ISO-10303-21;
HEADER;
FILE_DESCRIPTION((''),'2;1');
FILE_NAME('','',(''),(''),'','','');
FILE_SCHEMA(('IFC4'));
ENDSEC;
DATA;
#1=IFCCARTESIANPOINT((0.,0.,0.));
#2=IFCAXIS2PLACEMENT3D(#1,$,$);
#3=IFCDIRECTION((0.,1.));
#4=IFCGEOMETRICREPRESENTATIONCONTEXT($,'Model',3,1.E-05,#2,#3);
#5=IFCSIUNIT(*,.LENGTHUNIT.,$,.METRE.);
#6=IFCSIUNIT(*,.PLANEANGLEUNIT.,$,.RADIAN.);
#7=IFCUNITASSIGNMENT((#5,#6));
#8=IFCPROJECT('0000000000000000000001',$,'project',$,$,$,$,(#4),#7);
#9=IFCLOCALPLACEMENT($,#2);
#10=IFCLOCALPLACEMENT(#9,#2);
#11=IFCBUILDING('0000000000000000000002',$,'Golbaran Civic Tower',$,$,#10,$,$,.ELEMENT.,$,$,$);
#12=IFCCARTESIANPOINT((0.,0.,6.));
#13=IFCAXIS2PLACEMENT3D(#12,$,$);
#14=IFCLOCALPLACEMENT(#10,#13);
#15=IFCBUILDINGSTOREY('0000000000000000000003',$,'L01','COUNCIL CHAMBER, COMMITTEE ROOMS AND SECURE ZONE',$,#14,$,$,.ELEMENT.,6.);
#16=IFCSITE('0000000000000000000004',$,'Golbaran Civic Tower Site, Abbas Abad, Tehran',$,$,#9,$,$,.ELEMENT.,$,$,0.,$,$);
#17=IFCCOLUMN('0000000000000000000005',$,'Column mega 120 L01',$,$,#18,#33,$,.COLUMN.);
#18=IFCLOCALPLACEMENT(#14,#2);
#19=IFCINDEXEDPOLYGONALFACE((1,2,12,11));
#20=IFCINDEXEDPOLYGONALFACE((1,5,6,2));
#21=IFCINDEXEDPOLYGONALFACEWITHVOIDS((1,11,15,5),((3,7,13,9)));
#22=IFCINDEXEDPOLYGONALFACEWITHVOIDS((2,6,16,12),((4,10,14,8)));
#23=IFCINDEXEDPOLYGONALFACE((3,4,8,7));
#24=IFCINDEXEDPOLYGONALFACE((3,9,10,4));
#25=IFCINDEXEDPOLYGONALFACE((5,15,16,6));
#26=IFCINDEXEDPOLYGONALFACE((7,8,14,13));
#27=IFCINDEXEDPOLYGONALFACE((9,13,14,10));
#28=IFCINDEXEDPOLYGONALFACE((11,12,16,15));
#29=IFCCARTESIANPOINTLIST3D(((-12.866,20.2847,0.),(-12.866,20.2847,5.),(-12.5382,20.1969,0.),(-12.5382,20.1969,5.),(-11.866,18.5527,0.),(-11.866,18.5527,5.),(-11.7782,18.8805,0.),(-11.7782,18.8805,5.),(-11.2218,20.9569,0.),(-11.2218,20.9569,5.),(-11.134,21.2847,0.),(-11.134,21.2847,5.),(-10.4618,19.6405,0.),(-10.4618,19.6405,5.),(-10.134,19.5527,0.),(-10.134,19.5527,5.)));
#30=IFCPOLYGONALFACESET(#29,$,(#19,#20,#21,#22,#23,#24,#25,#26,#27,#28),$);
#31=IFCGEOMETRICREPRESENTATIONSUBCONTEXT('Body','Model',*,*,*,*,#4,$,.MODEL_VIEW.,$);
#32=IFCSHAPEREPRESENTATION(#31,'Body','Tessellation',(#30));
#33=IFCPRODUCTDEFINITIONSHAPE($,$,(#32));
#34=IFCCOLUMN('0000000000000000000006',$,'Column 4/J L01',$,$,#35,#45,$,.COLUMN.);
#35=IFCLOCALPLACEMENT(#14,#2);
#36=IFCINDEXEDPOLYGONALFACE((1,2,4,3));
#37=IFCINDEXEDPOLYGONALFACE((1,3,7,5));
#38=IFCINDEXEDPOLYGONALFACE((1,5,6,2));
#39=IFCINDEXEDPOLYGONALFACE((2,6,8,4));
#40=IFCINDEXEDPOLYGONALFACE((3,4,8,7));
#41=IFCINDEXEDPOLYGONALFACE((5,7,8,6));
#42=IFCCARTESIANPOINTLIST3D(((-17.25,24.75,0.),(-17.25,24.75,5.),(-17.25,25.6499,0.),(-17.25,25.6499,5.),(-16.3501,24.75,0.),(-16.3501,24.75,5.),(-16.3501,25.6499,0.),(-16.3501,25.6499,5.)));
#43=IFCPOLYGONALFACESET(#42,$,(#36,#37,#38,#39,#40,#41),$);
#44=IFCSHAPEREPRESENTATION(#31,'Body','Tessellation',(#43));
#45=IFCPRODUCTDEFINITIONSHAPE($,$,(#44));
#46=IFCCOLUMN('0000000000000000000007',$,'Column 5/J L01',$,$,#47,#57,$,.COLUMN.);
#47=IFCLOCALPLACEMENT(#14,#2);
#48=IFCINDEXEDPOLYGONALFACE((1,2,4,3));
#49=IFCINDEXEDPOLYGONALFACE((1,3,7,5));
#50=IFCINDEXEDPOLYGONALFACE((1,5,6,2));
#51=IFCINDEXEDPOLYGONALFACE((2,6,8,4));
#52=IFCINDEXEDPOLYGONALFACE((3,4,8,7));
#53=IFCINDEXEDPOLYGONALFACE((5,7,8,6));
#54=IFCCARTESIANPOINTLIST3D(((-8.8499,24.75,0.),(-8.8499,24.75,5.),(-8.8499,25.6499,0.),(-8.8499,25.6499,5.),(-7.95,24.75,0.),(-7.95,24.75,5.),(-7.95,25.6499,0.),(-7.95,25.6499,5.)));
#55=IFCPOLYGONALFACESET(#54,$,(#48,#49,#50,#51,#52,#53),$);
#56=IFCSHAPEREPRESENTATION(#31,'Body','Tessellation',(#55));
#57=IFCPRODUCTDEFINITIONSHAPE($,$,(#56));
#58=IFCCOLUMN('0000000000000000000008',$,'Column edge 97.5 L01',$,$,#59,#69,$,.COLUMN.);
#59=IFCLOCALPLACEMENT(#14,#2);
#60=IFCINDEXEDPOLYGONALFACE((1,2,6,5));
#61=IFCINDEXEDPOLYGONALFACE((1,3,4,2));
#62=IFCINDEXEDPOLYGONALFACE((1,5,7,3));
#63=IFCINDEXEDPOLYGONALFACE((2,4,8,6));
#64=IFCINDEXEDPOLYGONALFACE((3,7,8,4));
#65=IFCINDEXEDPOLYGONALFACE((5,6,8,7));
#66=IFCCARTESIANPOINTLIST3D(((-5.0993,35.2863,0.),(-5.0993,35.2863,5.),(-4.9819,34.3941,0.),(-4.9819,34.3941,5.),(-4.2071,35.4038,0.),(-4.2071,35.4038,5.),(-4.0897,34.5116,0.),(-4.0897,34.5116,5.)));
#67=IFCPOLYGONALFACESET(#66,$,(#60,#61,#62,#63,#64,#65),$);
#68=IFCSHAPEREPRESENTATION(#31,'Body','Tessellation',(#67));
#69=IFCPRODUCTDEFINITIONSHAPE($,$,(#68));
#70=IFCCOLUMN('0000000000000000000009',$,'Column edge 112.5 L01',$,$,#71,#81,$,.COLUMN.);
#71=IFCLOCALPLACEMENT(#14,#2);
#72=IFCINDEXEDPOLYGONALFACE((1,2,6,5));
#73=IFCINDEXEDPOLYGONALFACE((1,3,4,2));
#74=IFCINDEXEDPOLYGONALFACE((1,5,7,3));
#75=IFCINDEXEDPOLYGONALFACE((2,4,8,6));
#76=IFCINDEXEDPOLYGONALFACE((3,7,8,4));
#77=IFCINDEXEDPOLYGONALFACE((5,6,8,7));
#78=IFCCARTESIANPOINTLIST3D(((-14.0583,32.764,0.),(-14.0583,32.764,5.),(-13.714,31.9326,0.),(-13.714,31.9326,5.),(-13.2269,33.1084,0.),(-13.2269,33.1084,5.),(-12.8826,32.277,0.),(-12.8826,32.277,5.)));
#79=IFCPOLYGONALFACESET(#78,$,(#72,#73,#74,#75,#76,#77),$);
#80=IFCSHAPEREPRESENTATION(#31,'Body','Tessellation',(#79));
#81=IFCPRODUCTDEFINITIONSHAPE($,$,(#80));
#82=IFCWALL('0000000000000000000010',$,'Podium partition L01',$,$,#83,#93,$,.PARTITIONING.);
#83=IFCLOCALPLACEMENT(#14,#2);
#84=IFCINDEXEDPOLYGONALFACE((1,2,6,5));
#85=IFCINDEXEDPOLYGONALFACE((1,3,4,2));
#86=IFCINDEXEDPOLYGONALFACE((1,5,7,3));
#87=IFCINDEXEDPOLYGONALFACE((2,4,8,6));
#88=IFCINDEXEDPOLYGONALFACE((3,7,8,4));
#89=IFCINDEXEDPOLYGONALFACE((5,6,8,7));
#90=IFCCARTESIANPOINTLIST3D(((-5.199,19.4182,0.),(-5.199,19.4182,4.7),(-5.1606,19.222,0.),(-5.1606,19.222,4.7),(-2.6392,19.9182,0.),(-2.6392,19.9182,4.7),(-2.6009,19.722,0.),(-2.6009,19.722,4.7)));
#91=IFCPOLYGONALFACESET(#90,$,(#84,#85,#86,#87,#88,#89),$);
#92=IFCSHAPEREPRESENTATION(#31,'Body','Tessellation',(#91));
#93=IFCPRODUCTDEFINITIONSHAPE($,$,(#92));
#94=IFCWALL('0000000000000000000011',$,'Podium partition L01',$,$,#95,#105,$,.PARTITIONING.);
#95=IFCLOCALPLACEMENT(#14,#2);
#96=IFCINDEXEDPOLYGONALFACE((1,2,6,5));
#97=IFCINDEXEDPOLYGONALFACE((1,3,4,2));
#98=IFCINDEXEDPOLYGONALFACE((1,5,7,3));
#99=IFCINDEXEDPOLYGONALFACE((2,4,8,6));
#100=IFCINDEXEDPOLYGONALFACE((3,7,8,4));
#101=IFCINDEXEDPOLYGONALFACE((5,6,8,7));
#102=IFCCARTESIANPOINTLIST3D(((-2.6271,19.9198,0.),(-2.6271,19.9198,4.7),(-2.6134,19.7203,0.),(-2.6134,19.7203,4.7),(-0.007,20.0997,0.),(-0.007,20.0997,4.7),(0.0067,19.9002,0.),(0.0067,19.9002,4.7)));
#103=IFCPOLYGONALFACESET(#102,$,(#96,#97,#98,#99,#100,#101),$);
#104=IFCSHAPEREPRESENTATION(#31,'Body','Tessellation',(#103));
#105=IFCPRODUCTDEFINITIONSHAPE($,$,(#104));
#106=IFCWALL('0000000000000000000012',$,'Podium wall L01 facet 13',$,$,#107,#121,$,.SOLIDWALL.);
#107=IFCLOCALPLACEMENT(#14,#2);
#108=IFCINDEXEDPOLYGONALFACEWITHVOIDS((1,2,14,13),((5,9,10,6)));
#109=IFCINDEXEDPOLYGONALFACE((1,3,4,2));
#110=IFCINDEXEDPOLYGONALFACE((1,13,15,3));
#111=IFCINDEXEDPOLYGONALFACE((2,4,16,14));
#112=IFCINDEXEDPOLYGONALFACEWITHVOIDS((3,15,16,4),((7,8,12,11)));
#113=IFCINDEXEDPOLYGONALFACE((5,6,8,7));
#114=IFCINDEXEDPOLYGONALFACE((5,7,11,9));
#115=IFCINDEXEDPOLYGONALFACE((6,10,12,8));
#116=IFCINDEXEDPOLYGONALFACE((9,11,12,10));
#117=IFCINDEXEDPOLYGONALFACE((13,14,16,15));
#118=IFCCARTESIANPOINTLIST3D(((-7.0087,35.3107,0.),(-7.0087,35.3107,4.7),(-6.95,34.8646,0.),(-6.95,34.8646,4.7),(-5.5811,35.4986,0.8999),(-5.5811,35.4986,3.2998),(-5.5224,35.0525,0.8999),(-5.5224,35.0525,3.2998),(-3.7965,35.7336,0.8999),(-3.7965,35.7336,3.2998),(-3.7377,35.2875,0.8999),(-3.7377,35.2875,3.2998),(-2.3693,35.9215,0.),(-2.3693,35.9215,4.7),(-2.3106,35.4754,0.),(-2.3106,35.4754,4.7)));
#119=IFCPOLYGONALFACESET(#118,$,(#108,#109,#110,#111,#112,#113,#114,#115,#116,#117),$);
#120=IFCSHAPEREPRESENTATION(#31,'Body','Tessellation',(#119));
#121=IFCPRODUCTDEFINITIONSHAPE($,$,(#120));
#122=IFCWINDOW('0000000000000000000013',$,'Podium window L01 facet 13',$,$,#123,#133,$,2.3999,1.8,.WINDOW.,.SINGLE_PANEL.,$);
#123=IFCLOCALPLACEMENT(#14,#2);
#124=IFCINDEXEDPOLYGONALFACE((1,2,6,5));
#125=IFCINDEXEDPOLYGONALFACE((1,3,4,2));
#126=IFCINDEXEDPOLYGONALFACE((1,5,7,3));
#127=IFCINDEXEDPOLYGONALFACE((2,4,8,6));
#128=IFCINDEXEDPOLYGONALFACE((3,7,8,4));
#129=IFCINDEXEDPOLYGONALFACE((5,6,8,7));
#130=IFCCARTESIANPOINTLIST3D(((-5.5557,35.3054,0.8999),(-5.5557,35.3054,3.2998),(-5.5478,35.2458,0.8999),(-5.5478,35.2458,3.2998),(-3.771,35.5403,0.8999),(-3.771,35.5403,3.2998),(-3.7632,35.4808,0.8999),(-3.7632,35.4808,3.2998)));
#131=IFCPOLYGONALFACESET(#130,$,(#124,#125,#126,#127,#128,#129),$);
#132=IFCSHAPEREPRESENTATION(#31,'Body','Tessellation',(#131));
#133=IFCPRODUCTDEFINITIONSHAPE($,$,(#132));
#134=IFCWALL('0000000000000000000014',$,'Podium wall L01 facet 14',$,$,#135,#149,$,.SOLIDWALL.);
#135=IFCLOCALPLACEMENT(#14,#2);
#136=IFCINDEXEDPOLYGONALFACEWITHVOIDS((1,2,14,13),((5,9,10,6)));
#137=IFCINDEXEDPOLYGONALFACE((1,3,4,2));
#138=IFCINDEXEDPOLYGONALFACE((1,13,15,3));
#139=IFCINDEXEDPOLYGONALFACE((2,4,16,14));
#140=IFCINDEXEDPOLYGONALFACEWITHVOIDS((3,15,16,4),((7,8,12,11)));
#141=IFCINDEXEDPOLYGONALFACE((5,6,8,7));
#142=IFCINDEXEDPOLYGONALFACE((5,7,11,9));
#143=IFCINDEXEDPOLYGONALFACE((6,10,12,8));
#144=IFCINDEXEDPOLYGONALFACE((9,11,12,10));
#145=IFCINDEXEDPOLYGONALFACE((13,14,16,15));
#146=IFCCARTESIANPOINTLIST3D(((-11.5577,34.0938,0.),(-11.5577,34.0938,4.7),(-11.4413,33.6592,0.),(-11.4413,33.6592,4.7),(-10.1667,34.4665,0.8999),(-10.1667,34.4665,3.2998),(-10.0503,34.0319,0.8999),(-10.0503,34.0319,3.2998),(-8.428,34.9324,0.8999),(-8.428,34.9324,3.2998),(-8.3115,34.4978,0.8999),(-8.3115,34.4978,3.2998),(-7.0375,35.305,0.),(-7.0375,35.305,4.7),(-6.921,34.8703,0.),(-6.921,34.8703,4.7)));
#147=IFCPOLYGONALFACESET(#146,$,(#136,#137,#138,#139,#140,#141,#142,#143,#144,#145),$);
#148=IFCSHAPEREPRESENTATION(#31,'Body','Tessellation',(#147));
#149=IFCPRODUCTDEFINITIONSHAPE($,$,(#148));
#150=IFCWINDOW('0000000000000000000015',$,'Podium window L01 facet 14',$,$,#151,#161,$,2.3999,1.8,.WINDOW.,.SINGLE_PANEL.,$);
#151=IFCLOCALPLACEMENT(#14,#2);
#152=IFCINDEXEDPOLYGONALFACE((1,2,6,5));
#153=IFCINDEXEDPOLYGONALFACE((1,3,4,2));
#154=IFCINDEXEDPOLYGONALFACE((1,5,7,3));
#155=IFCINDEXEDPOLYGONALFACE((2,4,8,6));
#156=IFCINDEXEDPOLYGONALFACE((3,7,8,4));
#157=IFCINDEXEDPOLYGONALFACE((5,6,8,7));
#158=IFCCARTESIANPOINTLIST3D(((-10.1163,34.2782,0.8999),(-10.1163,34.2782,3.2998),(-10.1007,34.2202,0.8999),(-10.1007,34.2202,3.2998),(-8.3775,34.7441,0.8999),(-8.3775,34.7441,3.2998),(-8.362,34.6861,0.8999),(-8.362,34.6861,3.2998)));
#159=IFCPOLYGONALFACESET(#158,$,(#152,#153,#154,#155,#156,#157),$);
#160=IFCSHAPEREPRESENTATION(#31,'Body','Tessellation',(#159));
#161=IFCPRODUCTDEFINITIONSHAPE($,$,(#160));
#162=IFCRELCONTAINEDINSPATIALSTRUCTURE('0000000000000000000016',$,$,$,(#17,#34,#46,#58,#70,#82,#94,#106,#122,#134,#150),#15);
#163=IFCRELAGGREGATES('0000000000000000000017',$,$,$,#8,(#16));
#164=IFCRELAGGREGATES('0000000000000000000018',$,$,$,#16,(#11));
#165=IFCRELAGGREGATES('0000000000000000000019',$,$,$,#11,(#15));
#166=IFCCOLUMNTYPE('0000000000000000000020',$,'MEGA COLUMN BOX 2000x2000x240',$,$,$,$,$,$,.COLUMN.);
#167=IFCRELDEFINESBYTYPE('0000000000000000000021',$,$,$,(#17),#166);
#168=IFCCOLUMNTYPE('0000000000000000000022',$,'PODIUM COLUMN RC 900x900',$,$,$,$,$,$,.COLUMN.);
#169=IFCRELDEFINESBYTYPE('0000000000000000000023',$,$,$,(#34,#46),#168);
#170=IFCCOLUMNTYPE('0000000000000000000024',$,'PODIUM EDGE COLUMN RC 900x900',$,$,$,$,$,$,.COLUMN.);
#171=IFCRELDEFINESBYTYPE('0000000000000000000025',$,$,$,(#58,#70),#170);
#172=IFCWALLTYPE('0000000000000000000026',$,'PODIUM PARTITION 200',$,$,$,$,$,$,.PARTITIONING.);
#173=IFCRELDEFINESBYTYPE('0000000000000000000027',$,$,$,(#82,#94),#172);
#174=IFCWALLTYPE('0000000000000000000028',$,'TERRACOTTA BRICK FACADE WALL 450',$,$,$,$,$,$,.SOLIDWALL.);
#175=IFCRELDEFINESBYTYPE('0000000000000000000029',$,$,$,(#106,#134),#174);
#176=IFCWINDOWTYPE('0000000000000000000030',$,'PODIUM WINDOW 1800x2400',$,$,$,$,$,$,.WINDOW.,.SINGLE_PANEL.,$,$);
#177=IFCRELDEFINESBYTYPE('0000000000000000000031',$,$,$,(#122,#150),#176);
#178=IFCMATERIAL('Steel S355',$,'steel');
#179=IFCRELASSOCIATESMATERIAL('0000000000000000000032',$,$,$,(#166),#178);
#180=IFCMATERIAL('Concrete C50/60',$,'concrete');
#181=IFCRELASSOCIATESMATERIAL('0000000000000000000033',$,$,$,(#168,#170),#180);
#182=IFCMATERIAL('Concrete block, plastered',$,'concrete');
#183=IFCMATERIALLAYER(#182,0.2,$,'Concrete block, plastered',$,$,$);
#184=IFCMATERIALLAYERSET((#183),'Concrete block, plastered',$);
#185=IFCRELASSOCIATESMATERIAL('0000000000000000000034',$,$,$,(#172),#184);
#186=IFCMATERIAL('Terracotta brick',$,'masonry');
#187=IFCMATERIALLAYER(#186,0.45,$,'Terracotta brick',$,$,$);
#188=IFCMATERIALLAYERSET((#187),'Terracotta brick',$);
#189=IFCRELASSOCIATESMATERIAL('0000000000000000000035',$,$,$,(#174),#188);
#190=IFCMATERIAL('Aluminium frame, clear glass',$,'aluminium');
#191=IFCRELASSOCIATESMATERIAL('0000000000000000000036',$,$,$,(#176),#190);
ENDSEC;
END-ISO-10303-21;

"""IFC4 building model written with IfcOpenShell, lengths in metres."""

from ifc_helpers import new_model, si_unit, direction, frame, frame_2d, origin, origin_2d, place, context, subcontext, project, spatial, rectangle, hollow_rectangle, extrude, material, layer, layer_set, material_profile, profile_set, type_object, element, fill, save


model = new_model("IFC4")

# Units and contexts
model_context = context("Model", 3, precision=1e-05, world=origin(), true_north=direction((0.0, 1.0)))
body_context = subcontext(model_context, "Body", "Model", "MODEL_VIEW")
ifc_project = project(units=[si_unit("LENGTHUNIT", "METRE"), si_unit("PLANEANGLEUNIT", "RADIAN")], contexts=[model_context])

# Site, building, storey
site_placement = place(None, origin())
site = spatial("IfcSite", under=ifc_project, at=site_placement, Name="Golbaran Civic Tower Site, Abbas Abad, Tehran", CompositionType="ELEMENT", RefElevation=0.0)
building_placement = place(site_placement, origin())
building = spatial("IfcBuilding", under=site, at=building_placement, Name="Golbaran Civic Tower", CompositionType="ELEMENT")
storey_placement = place(building_placement, frame((0.0, 0.0, 6.0)))
storey = spatial("IfcBuildingStorey", under=building, at=storey_placement, Name="L01", Description="COUNCIL CHAMBER, COMMITTEE ROOMS AND SECURE ZONE", CompositionType="ELEMENT", Elevation=6.0)

# Columns
ifc_material_1 = material(Name="Steel S355", Category="steel")
ifc_material_profile_1 = material_profile(ifc_material_1, hollow_rectangle(XDim=2.0, YDim=2.0, WallThickness=0.24, at=origin_2d()), Name="BOX 2000x2000x240")
ifc_profile_set_1 = profile_set([ifc_material_profile_1], Name="Steel S355")
column_type_1 = type_object("IfcColumnType", Name="MEGA COLUMN BOX 2000x2000x240", PredefinedType="COLUMN", material=ifc_profile_set_1)
column_placement = place(storey_placement, frame((-11.5, 19.9187, 0.0), z_axis=(0.0, 0.0, 1.0), x_axis=(-0.5, 0.866025, 0.0)))
element("IfcColumn", 1, at=column_placement, inside=storey, type_object=column_type_1, Name="Column mega 120 L01", PredefinedType="COLUMN", context=body_context, shape_type="SweptSolid", body=[
    extrude(hollow_rectangle(XDim=2.0, YDim=2.0, WallThickness=0.24, at=origin_2d()), origin(), (0.0, 0.0, 1.0), 5.0),
])
ifc_material_2 = material(Name="Concrete C50/60", Category="concrete")
ifc_material_profile_2 = material_profile(ifc_material_2, rectangle(XDim=0.8999, YDim=0.8999, at=origin_2d()), Name="RC 900x900")
ifc_profile_set_2 = profile_set([ifc_material_profile_2], Name="Concrete C50/60")
column_type_2 = type_object("IfcColumnType", Name="PODIUM COLUMN RC 900x900", PredefinedType="COLUMN", material=ifc_profile_set_2)
for number, where, z_axis, x_axis, name in (
    (2, (-16.8, 25.2, 0.0), (0.0, 0.0, 1.0), (1.0, 0.0, 0.0), "Column 4/J L01"),
    (3, (-8.3999, 25.2, 0.0), (0.0, 0.0, 1.0), (1.0, 0.0, 0.0), "Column 5/J L01"),
):
    element("IfcColumn", number, at=place(storey_placement, frame(where, z_axis=z_axis, x_axis=x_axis)), inside=storey, type_object=column_type_2, Name=name, PredefinedType="COLUMN", context=body_context, shape_type="SweptSolid", body=[
        extrude(rectangle(XDim=0.8999, YDim=0.8999, at=origin_2d()), origin(), (0.0, 0.0, 1.0), 5.0),
    ])
ifc_material_profile_3 = material_profile(ifc_material_2, rectangle(XDim=0.8999, YDim=0.8999, at=origin_2d()), Name="RC 900x900")
ifc_profile_set_3 = profile_set([ifc_material_profile_3], Name="Concrete C50/60")
column_type_3 = type_object("IfcColumnType", Name="PODIUM EDGE COLUMN RC 900x900", PredefinedType="COLUMN", material=ifc_profile_set_3)
for number, where, z_axis, x_axis, name in (
    (4, (-4.5945, 34.8989, 0.0), (0.0, 0.0, 1.0), (-0.130526, 0.991445, 0.0), "Column edge 97.5 L01"),
    (5, (-13.4705, 32.5205, 0.0), (0.0, 0.0, 1.0), (-0.382683, 0.92388, 0.0), "Column edge 112.5 L01"),
):
    element("IfcColumn", number, at=place(storey_placement, frame(where, z_axis=z_axis, x_axis=x_axis)), inside=storey, type_object=column_type_3, Name=name, PredefinedType="COLUMN", context=body_context, shape_type="SweptSolid", body=[
        extrude(rectangle(XDim=0.8999, YDim=0.8999, at=origin_2d()), origin(), (0.0, 0.0, 1.0), 5.0),
    ])

# Walls
ifc_material_3 = material(Name="Concrete block, plastered", Category="concrete")
ifc_layer_1 = layer(ifc_material_3, 0.2, Name="Concrete block, plastered")
ifc_layer_set_1 = layer_set([ifc_layer_1], Name="Concrete block, plastered")
wall_type_1 = type_object("IfcWallType", Name="PODIUM PARTITION 200", PredefinedType="PARTITIONING", material=ifc_layer_set_1)
wall_1_placement = place(storey_placement, frame((-5.1799, 19.3201, 0.0), z_axis=(0.0, 0.0, 1.0), x_axis=(0.981453, 0.191704, 0.0)))
element("IfcWall", 6, at=wall_1_placement, inside=storey, type_object=wall_type_1, Name="Podium partition L01", PredefinedType="PARTITIONING", context=body_context, shape_type="SweptSolid", body=[
    extrude(rectangle(XDim=2.6082, YDim=0.2, at=frame_2d((1.3042, 0.0))), origin(), (0.0, 0.0, 1.0), 4.7),
])
wall_2_placement = place(storey_placement, frame((-2.6201, 19.8201, 0.0), z_axis=(0.0, 0.0, 1.0), x_axis=(0.99765, 0.068512, 0.0)))
element("IfcWall", 7, at=wall_2_placement, inside=storey, type_object=wall_type_1, Name="Podium partition L01", PredefinedType="PARTITIONING", context=body_context, shape_type="SweptSolid", body=[
    extrude(rectangle(XDim=2.6262, YDim=0.2, at=frame_2d((1.313, 0.0))), origin(), (0.0, 0.0, 1.0), 4.7),
])

# Walls, openings, windows
ifc_material_4 = material(Name="Terracotta brick", Category="masonry")
ifc_layer_2 = layer(ifc_material_4, 0.45, Name="Terracotta brick")
ifc_layer_set_2 = layer_set([ifc_layer_2], Name="Terracotta brick")
wall_type_2 = type_object("IfcWallType", Name="TERRACOTTA BRICK FACADE WALL 450", PredefinedType="SOLIDWALL", material=ifc_layer_set_2)
wall_3_placement = place(storey_placement, frame((-2.3398, 35.6985, 0.0), z_axis=(0.0, 0.0, 1.0), x_axis=(-0.991443, -0.130537, 0.0)))
wall_3 = element("IfcWall", 8, at=wall_3_placement, inside=storey, type_object=wall_type_2, Name="Podium wall L01 facet 13", PredefinedType="SOLIDWALL", context=body_context, shape_type="SweptSolid", body=[
    extrude(rectangle(XDim=4.6794, YDim=0.45, at=frame_2d((2.3398, 0.0))), origin(), (0.0, 0.0, 1.0), 4.7),
])
opening_1_placement = place(wall_3_placement, frame((1.4397, 0.0, 0.8999)))
opening_1 = element("IfcOpeningElement", 9, at=opening_1_placement, cuts=wall_3, PredefinedType="OPENING", context=body_context, shape_type="SweptSolid", body=[
    extrude(rectangle(XDim=1.8, YDim=2.3999, at=frame_2d((0.8999, 1.2))), frame((0.0, 0.2349, 0.0), z_axis=(0.0, -1.0, 0.0), x_axis=(1.0, 0.0, 0.0)), (0.0, 0.0, 1.0), 0.47),
])
ifc_material_5 = material(Name="Aluminium frame, clear glass", Category="aluminium")
window_type_1 = type_object("IfcWindowType", Name="PODIUM WINDOW 1800x2400", PartitioningType="SINGLE_PANEL", PredefinedType="WINDOW", material=ifc_material_5)
window_1_placement = place(opening_1_placement, origin())
window_1 = element("IfcWindow", 10, at=window_1_placement, inside=storey, type_object=window_type_1, Name="Podium window L01 facet 13", OverallHeight=2.3999, OverallWidth=1.8, PartitioningType="SINGLE_PANEL", PredefinedType="WINDOW", context=body_context, shape_type="SweptSolid", body=[
    extrude(rectangle(XDim=1.8, YDim=2.3999, at=frame_2d((0.8999, 1.2))), frame((0.0, 0.03, 0.0), z_axis=(0.0, -1.0, 0.0), x_axis=(1.0, 0.0, 0.0)), (0.0, 0.0, 1.0), 0.0601),
])
fill(opening_1, window_1)
wall_4_placement = place(storey_placement, frame((-6.9792, 35.0876, 0.0), z_axis=(0.0, 0.0, 1.0), x_axis=(-0.965927, -0.258815, 0.0)))
wall_4 = element("IfcWall", 11, at=wall_4_placement, inside=storey, type_object=wall_type_2, Name="Podium wall L01 facet 14", PredefinedType="SOLIDWALL", context=body_context, shape_type="SweptSolid", body=[
    extrude(rectangle(XDim=4.6797, YDim=0.45, at=frame_2d((2.3398, 0.0))), origin(), (0.0, 0.0, 1.0), 4.7),
])
opening_2_placement = place(wall_4_placement, frame((1.4397, 0.0, 0.8999)))
opening_2 = element("IfcOpeningElement", 12, at=opening_2_placement, cuts=wall_4, PredefinedType="OPENING", context=body_context, shape_type="SweptSolid", body=[
    extrude(rectangle(XDim=1.8, YDim=2.3999, at=frame_2d((0.8999, 1.2))), frame((0.0, 0.2349, 0.0), z_axis=(0.0, -1.0, 0.0), x_axis=(1.0, 0.0, 0.0)), (0.0, 0.0, 1.0), 0.47),
])
window_2_placement = place(opening_2_placement, origin())
window_2 = element("IfcWindow", 13, at=window_2_placement, inside=storey, type_object=window_type_1, Name="Podium window L01 facet 14", OverallHeight=2.3999, OverallWidth=1.8, PartitioningType="SINGLE_PANEL", PredefinedType="WINDOW", context=body_context, shape_type="SweptSolid", body=[
    extrude(rectangle(XDim=1.8, YDim=2.3999, at=frame_2d((0.8999, 1.2))), frame((0.0, 0.03, 0.0), z_axis=(0.0, -1.0, 0.0), x_axis=(1.0, 0.0, 0.0)), (0.0, 0.0, 1.0), 0.0601),
])
fill(opening_2, window_2)

save(model, "model.ifc")
